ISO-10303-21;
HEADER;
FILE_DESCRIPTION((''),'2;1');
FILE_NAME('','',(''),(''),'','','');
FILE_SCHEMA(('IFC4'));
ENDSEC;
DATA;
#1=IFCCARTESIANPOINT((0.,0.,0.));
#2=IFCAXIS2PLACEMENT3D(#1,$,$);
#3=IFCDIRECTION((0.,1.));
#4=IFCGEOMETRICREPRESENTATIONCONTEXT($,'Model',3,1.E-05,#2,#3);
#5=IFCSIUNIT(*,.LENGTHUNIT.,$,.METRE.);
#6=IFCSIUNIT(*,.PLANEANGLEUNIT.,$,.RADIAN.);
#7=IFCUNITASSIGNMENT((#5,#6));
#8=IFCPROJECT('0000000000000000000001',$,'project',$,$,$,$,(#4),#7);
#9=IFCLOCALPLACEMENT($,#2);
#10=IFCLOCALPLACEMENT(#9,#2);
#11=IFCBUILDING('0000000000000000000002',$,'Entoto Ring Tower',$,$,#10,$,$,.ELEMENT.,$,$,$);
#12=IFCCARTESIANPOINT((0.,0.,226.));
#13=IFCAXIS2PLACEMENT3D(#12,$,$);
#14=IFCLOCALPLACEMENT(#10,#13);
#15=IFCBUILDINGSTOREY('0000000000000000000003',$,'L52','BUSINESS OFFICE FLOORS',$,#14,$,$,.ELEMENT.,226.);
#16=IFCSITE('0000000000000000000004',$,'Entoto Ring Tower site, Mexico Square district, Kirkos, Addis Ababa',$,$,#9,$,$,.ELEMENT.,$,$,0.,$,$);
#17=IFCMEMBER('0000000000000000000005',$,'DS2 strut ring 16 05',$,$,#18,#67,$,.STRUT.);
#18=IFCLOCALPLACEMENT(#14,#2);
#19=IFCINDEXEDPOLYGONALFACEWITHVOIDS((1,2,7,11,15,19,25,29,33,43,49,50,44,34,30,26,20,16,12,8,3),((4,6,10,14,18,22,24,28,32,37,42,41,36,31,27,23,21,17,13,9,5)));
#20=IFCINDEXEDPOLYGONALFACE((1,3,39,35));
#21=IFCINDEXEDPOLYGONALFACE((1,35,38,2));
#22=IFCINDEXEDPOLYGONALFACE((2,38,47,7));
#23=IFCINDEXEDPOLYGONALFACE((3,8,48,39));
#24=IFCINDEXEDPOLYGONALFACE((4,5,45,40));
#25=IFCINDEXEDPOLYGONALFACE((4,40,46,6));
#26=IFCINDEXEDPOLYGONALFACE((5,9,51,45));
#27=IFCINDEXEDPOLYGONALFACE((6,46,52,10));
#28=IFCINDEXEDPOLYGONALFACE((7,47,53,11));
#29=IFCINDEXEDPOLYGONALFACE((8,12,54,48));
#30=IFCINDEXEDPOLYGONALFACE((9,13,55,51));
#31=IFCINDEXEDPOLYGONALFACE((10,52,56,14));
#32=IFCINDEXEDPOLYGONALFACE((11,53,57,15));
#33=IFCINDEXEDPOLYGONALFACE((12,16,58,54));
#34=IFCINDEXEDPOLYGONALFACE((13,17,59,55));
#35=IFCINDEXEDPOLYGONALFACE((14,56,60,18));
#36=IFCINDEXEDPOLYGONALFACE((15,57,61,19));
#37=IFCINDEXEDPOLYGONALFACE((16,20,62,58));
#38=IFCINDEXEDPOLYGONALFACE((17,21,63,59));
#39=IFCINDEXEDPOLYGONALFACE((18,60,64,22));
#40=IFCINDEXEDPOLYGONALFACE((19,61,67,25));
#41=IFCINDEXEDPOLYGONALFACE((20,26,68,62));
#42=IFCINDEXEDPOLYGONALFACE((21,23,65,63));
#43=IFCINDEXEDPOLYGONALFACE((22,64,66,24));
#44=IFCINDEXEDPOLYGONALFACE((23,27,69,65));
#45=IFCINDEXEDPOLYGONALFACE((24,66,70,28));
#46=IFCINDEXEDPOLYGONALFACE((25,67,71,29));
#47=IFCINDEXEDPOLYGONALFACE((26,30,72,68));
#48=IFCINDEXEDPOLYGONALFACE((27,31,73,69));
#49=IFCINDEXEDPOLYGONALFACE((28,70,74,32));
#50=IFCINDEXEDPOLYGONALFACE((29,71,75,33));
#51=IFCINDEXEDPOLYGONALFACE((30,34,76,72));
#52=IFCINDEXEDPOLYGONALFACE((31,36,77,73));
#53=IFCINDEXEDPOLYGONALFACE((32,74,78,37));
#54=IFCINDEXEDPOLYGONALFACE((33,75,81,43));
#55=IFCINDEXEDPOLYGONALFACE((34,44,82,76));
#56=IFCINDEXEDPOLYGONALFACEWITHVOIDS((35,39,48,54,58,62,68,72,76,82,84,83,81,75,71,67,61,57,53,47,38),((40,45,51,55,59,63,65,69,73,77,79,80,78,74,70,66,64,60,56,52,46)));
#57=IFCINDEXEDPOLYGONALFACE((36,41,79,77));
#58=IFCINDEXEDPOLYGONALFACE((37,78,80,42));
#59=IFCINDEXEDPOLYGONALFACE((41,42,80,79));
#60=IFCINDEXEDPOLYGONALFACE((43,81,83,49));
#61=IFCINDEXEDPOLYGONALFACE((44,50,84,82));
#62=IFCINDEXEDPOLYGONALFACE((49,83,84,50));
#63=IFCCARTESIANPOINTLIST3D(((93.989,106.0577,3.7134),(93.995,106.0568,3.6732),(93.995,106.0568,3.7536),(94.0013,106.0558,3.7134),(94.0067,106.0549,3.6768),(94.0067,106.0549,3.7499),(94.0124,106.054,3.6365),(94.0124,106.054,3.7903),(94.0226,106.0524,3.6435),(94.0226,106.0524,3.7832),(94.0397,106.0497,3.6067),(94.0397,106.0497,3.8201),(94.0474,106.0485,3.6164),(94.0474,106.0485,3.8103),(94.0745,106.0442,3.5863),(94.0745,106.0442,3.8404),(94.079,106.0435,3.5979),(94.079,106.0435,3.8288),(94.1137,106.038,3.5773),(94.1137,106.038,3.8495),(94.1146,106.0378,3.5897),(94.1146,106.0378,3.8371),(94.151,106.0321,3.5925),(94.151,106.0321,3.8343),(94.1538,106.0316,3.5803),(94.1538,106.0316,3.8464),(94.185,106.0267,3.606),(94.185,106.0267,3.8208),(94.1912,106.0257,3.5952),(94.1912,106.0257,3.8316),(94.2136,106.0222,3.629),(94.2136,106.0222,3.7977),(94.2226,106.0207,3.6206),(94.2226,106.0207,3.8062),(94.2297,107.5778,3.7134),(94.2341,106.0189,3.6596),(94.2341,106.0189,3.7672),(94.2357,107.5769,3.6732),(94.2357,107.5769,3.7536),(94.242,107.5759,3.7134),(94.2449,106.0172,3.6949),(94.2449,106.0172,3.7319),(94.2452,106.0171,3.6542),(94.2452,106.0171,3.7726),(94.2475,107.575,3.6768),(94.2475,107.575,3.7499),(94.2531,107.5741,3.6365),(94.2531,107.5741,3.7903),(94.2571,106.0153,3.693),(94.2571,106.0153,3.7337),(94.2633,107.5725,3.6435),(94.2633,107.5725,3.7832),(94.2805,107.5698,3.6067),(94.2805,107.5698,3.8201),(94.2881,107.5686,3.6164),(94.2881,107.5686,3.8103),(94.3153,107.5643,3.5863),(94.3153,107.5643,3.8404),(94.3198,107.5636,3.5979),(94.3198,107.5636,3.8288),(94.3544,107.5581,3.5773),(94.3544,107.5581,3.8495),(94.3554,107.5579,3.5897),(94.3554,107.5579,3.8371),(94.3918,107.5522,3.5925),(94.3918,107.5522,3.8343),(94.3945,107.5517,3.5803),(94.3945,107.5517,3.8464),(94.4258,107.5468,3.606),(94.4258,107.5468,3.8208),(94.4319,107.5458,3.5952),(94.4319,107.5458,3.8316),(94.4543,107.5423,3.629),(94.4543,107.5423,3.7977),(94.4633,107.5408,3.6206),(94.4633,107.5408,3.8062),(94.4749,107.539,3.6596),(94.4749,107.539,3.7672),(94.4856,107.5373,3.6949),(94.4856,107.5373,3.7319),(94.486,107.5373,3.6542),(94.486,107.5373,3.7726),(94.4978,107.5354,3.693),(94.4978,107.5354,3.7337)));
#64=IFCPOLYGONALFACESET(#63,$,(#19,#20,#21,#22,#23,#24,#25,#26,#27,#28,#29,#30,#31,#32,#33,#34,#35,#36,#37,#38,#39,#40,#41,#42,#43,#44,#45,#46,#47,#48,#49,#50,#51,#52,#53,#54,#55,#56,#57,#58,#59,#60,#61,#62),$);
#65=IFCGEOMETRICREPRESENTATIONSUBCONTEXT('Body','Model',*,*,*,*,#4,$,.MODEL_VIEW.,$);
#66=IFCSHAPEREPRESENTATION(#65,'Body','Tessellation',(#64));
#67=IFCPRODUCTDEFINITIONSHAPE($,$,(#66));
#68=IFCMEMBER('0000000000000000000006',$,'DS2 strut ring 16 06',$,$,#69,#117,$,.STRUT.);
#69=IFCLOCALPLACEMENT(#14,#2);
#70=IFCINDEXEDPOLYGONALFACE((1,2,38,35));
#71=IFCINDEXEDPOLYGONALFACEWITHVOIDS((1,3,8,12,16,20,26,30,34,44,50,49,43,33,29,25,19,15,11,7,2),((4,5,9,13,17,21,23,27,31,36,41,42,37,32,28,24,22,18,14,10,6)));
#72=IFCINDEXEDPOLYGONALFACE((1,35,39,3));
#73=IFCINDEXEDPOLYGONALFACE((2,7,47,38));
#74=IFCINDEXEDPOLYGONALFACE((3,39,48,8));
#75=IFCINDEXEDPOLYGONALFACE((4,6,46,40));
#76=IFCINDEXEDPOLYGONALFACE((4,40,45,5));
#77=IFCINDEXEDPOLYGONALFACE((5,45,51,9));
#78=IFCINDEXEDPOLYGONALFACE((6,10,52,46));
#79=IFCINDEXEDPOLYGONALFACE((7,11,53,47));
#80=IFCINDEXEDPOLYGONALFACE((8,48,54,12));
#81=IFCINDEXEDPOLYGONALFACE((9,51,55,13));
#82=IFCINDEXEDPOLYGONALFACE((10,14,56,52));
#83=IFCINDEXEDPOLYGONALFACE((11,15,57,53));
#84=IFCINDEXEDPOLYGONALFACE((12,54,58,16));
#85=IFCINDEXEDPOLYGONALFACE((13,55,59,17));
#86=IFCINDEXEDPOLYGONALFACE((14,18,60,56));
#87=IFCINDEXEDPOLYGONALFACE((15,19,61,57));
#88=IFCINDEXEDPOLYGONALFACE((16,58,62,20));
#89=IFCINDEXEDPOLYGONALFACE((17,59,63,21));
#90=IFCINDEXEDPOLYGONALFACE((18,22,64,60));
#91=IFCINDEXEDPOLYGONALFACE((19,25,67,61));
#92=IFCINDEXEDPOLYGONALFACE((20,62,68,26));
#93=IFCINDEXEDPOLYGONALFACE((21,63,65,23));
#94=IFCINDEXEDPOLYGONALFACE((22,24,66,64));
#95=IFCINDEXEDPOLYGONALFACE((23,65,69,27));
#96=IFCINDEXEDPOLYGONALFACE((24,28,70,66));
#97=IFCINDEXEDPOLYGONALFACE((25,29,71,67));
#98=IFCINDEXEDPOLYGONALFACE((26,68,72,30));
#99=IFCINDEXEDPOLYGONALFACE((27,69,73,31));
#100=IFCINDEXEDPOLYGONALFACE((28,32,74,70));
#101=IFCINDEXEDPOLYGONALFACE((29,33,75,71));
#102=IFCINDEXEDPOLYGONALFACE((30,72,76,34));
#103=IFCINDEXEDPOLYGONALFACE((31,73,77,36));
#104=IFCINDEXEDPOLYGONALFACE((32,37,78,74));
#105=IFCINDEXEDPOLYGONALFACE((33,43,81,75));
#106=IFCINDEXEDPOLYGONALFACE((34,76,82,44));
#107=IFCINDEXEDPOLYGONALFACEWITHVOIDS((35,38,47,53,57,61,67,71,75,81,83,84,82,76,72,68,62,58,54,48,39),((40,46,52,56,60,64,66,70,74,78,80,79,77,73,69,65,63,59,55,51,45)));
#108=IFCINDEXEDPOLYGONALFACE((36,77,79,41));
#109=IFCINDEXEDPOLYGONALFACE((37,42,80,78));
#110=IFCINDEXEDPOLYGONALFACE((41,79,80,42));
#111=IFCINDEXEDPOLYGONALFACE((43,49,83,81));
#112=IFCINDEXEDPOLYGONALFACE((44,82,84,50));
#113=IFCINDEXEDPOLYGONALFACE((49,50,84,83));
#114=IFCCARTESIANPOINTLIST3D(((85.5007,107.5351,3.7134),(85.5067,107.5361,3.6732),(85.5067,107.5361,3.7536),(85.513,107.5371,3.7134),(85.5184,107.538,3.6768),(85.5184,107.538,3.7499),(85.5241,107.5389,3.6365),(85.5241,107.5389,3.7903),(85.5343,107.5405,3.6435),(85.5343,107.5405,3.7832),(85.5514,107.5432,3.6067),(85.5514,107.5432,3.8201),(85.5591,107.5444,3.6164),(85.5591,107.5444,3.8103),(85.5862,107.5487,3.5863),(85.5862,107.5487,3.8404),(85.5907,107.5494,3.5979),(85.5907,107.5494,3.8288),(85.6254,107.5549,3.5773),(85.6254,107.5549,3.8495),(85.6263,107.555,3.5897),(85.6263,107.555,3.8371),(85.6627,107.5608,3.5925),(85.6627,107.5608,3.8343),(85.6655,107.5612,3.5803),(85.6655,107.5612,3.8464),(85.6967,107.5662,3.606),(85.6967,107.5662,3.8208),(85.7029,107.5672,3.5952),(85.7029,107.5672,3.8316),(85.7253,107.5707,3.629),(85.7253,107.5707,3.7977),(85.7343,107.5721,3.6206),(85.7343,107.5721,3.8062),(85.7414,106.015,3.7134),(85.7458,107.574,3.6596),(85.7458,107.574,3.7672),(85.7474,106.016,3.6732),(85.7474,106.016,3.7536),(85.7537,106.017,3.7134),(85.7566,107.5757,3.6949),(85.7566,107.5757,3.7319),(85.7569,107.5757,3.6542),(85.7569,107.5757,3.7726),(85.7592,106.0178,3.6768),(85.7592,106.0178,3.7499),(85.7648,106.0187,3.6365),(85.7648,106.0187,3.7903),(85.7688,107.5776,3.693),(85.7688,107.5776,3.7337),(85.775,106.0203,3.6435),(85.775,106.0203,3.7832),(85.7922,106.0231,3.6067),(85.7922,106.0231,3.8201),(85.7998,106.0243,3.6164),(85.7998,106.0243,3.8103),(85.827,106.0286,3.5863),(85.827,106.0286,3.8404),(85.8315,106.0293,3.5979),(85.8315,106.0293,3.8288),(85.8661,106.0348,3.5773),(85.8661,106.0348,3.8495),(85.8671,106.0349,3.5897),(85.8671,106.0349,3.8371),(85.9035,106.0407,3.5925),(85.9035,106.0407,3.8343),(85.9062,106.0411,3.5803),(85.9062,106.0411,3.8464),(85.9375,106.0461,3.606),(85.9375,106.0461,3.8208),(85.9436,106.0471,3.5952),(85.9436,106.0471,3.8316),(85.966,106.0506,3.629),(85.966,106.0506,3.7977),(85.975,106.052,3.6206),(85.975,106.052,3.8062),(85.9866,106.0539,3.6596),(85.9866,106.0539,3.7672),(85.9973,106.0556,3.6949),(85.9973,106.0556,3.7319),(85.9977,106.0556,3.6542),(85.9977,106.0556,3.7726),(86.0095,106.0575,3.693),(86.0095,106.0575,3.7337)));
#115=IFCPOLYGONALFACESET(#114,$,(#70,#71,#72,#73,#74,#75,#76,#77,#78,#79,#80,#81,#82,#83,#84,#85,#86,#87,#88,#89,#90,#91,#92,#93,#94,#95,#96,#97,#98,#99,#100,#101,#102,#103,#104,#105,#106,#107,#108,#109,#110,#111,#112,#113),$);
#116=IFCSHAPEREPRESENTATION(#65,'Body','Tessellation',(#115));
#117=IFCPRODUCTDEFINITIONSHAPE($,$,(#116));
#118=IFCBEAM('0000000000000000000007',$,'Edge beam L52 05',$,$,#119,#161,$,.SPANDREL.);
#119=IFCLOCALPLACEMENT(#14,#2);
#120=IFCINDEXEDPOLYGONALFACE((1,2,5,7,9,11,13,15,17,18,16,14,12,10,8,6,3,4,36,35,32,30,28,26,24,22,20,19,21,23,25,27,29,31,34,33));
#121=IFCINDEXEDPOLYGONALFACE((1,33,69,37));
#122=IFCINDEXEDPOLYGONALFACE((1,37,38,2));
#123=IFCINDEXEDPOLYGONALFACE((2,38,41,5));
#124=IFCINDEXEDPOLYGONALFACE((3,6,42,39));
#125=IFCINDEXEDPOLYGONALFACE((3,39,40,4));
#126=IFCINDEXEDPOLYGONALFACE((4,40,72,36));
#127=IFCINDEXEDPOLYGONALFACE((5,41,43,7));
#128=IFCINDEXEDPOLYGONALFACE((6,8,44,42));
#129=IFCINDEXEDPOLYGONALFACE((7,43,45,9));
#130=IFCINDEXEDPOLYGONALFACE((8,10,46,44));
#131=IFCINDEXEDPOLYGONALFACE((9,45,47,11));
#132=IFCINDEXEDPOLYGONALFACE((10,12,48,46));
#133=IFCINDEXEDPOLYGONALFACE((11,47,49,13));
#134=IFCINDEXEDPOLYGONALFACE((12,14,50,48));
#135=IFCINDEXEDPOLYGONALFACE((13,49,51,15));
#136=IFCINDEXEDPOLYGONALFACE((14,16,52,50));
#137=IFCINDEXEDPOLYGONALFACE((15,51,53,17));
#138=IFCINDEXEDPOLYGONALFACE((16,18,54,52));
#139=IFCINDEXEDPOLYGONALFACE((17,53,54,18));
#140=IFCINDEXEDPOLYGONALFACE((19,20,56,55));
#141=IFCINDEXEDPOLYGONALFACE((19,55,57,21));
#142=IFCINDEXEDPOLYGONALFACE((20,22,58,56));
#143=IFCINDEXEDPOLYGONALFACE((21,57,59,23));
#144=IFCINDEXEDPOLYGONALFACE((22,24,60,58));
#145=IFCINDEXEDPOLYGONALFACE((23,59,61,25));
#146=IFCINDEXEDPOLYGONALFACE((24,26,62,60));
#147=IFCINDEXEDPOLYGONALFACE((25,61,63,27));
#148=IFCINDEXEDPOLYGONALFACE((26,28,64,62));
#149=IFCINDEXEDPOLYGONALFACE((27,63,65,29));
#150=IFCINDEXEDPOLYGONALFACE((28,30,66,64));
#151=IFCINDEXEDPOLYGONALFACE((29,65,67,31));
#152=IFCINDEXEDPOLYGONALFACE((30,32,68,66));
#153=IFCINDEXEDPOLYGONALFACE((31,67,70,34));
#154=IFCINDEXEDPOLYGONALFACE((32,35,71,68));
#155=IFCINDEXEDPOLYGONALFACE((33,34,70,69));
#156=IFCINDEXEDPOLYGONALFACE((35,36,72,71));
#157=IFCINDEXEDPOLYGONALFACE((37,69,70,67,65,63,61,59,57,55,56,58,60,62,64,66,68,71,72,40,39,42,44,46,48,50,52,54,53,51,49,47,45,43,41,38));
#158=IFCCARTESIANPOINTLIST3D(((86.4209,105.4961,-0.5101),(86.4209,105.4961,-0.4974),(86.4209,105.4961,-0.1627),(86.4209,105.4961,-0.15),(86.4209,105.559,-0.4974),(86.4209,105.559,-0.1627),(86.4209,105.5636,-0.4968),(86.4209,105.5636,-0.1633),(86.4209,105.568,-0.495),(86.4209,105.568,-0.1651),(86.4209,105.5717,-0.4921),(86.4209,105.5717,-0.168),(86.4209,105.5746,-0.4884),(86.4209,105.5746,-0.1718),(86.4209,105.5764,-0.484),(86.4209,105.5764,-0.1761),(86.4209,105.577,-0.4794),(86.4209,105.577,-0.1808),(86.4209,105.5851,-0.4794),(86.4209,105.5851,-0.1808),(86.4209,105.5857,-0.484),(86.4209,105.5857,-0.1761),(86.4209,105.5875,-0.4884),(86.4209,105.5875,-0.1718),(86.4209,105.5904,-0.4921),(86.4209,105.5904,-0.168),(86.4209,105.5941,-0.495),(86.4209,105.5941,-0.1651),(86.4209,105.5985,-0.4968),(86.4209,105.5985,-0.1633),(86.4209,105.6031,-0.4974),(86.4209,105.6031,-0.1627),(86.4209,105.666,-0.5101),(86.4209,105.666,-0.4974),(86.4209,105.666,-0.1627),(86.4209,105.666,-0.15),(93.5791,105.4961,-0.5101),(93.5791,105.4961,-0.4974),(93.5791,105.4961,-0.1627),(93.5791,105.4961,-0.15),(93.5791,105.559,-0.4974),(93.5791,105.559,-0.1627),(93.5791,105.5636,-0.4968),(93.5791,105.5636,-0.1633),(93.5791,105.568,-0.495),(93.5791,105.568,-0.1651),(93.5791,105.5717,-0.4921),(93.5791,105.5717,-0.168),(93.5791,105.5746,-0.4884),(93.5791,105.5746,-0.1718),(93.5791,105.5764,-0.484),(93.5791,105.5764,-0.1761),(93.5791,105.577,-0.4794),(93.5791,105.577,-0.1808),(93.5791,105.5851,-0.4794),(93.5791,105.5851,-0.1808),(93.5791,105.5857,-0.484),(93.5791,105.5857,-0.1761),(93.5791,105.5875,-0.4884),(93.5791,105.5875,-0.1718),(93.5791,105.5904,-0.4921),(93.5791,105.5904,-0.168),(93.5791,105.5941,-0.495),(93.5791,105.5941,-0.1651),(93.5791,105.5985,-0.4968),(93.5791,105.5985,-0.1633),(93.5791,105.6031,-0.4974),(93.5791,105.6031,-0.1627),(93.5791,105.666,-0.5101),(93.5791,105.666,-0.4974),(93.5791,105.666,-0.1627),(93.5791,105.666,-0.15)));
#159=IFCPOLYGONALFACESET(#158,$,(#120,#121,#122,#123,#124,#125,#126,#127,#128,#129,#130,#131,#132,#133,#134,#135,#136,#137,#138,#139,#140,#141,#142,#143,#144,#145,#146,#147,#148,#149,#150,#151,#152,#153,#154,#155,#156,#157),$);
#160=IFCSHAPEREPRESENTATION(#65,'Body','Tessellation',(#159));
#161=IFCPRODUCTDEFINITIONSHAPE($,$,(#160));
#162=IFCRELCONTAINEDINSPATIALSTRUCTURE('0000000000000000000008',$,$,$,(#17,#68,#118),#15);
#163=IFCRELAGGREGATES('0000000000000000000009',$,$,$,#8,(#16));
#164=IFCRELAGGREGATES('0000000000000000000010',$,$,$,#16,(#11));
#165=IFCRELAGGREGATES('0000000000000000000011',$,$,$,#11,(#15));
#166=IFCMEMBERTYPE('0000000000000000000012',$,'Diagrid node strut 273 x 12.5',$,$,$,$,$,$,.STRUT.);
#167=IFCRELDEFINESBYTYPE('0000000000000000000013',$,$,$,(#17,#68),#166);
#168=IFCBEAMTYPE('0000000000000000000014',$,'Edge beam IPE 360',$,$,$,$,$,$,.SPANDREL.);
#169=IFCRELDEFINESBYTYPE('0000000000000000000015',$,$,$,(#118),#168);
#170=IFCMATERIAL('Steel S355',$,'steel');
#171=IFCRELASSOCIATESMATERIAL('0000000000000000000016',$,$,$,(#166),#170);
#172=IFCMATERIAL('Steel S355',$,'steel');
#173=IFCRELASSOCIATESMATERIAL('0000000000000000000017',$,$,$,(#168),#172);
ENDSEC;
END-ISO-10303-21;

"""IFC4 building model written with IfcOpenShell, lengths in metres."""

from ifc_helpers import new_model, si_unit, direction, frame, origin, origin_2d, place, context, subcontext, project, spatial, circle, hollow_circle, i_section, extrude, material, material_profile, profile_set, type_object, element, save


model = new_model("IFC4")

# Units and contexts
model_context = context("Model", 3, precision=1e-05, world=origin(), true_north=direction((0.0, 1.0)))
body_context = subcontext(model_context, "Body", "Model", "MODEL_VIEW")
ifc_project = project(units=[si_unit("LENGTHUNIT", "METRE"), si_unit("PLANEANGLEUNIT", "RADIAN")], contexts=[model_context])

# Site, building, storey
site_placement = place(None, origin())
site = spatial("IfcSite", under=ifc_project, at=site_placement, Name="Entoto Ring Tower site, Mexico Square district, Kirkos, Addis Ababa", CompositionType="ELEMENT", RefElevation=0.0)
building_placement = place(site_placement, origin())
building = spatial("IfcBuilding", under=site, at=building_placement, Name="Entoto Ring Tower", CompositionType="ELEMENT")
storey_placement = place(building_placement, frame((0.0, 0.0, 226.0)))
storey = spatial("IfcBuildingStorey", under=building, at=storey_placement, Name="L52", Description="BUSINESS OFFICE FLOORS", CompositionType="ELEMENT", Elevation=226.0)

# Members
ifc_material_1 = material(Name="Steel S355", Category="steel")
ifc_material_profile_1 = material_profile(ifc_material_1, hollow_circle(Radius=0.1365, WallThickness=0.0125, at=origin_2d()), Name="CHS 273 x 12.5")
ifc_material_2 = material(Name="Concrete C60/75", Category="concrete")
ifc_material_profile_2 = material_profile(ifc_material_2, circle(Radius=0.124, at=origin_2d()), Name="Concrete C60/75 infill")
ifc_profile_set_1 = profile_set([ifc_material_profile_1, ifc_material_profile_2], Name="Steel S355")
member_type = type_object("IfcMemberType", Name="Diagrid node strut 273 x 12.5", PredefinedType="STRUT", material=ifc_profile_set_1)
for number, where, z_axis, x_axis, name in (
    (1, (94.1238, 106.0364, 3.7134), (0.156419, 0.987691, 0.0), (-0.987691, 0.156419, 0.0), "DS2 strut ring 16 05"),
    (2, (85.8762, 106.0364, 3.7134), (-0.156419, 0.987691, 0.0), (-0.987691, -0.156419, 0.0), "DS2 strut ring 16 06"),
):
    element("IfcMember", number, at=place(storey_placement, frame(where, z_axis=z_axis, x_axis=x_axis)), inside=storey, type_object=member_type, Name=name, PredefinedType="STRUT", context=body_context, shape_type="SweptSolid", body=[
        extrude(hollow_circle(Radius=0.1365, WallThickness=0.0125, at=origin_2d()), origin(), (0.0, 0.0, 1.0), 1.5391),
    ])

# Beam
ifc_material_3 = material(Name="Steel S355", Category="steel")
ifc_material_profile_3 = material_profile(ifc_material_3, i_section(OverallWidth=0.1699, OverallDepth=0.3601, WebThickness=0.0081, FlangeThickness=0.0127, FilletRadius=0.0181, at=origin_2d()), Name="IPE 360")
ifc_profile_set_2 = profile_set([ifc_material_profile_3], Name="Steel S355")
beam_type_1 = type_object("IfcBeamType", Name="Edge beam IPE 360", PredefinedType="SPANDREL", material=ifc_profile_set_2)
beam_1_placement = place(storey_placement, frame((93.5791, 105.5811, -0.3301), z_axis=(-1.0, 0.0, 0.0), x_axis=(0.0, -1.0, 0.0)))
element("IfcBeam", 3, at=beam_1_placement, inside=storey, type_object=beam_type_1, Name="Edge beam L52 05", PredefinedType="SPANDREL", context=body_context, shape_type="SweptSolid", body=[
    extrude(i_section(OverallWidth=0.1699, OverallDepth=0.3601, WebThickness=0.0081, FlangeThickness=0.0127, FilletRadius=0.0181, at=origin_2d()), origin(), (0.0, 0.0, 1.0), 7.1582),
])

save(model, "model.ifc")
